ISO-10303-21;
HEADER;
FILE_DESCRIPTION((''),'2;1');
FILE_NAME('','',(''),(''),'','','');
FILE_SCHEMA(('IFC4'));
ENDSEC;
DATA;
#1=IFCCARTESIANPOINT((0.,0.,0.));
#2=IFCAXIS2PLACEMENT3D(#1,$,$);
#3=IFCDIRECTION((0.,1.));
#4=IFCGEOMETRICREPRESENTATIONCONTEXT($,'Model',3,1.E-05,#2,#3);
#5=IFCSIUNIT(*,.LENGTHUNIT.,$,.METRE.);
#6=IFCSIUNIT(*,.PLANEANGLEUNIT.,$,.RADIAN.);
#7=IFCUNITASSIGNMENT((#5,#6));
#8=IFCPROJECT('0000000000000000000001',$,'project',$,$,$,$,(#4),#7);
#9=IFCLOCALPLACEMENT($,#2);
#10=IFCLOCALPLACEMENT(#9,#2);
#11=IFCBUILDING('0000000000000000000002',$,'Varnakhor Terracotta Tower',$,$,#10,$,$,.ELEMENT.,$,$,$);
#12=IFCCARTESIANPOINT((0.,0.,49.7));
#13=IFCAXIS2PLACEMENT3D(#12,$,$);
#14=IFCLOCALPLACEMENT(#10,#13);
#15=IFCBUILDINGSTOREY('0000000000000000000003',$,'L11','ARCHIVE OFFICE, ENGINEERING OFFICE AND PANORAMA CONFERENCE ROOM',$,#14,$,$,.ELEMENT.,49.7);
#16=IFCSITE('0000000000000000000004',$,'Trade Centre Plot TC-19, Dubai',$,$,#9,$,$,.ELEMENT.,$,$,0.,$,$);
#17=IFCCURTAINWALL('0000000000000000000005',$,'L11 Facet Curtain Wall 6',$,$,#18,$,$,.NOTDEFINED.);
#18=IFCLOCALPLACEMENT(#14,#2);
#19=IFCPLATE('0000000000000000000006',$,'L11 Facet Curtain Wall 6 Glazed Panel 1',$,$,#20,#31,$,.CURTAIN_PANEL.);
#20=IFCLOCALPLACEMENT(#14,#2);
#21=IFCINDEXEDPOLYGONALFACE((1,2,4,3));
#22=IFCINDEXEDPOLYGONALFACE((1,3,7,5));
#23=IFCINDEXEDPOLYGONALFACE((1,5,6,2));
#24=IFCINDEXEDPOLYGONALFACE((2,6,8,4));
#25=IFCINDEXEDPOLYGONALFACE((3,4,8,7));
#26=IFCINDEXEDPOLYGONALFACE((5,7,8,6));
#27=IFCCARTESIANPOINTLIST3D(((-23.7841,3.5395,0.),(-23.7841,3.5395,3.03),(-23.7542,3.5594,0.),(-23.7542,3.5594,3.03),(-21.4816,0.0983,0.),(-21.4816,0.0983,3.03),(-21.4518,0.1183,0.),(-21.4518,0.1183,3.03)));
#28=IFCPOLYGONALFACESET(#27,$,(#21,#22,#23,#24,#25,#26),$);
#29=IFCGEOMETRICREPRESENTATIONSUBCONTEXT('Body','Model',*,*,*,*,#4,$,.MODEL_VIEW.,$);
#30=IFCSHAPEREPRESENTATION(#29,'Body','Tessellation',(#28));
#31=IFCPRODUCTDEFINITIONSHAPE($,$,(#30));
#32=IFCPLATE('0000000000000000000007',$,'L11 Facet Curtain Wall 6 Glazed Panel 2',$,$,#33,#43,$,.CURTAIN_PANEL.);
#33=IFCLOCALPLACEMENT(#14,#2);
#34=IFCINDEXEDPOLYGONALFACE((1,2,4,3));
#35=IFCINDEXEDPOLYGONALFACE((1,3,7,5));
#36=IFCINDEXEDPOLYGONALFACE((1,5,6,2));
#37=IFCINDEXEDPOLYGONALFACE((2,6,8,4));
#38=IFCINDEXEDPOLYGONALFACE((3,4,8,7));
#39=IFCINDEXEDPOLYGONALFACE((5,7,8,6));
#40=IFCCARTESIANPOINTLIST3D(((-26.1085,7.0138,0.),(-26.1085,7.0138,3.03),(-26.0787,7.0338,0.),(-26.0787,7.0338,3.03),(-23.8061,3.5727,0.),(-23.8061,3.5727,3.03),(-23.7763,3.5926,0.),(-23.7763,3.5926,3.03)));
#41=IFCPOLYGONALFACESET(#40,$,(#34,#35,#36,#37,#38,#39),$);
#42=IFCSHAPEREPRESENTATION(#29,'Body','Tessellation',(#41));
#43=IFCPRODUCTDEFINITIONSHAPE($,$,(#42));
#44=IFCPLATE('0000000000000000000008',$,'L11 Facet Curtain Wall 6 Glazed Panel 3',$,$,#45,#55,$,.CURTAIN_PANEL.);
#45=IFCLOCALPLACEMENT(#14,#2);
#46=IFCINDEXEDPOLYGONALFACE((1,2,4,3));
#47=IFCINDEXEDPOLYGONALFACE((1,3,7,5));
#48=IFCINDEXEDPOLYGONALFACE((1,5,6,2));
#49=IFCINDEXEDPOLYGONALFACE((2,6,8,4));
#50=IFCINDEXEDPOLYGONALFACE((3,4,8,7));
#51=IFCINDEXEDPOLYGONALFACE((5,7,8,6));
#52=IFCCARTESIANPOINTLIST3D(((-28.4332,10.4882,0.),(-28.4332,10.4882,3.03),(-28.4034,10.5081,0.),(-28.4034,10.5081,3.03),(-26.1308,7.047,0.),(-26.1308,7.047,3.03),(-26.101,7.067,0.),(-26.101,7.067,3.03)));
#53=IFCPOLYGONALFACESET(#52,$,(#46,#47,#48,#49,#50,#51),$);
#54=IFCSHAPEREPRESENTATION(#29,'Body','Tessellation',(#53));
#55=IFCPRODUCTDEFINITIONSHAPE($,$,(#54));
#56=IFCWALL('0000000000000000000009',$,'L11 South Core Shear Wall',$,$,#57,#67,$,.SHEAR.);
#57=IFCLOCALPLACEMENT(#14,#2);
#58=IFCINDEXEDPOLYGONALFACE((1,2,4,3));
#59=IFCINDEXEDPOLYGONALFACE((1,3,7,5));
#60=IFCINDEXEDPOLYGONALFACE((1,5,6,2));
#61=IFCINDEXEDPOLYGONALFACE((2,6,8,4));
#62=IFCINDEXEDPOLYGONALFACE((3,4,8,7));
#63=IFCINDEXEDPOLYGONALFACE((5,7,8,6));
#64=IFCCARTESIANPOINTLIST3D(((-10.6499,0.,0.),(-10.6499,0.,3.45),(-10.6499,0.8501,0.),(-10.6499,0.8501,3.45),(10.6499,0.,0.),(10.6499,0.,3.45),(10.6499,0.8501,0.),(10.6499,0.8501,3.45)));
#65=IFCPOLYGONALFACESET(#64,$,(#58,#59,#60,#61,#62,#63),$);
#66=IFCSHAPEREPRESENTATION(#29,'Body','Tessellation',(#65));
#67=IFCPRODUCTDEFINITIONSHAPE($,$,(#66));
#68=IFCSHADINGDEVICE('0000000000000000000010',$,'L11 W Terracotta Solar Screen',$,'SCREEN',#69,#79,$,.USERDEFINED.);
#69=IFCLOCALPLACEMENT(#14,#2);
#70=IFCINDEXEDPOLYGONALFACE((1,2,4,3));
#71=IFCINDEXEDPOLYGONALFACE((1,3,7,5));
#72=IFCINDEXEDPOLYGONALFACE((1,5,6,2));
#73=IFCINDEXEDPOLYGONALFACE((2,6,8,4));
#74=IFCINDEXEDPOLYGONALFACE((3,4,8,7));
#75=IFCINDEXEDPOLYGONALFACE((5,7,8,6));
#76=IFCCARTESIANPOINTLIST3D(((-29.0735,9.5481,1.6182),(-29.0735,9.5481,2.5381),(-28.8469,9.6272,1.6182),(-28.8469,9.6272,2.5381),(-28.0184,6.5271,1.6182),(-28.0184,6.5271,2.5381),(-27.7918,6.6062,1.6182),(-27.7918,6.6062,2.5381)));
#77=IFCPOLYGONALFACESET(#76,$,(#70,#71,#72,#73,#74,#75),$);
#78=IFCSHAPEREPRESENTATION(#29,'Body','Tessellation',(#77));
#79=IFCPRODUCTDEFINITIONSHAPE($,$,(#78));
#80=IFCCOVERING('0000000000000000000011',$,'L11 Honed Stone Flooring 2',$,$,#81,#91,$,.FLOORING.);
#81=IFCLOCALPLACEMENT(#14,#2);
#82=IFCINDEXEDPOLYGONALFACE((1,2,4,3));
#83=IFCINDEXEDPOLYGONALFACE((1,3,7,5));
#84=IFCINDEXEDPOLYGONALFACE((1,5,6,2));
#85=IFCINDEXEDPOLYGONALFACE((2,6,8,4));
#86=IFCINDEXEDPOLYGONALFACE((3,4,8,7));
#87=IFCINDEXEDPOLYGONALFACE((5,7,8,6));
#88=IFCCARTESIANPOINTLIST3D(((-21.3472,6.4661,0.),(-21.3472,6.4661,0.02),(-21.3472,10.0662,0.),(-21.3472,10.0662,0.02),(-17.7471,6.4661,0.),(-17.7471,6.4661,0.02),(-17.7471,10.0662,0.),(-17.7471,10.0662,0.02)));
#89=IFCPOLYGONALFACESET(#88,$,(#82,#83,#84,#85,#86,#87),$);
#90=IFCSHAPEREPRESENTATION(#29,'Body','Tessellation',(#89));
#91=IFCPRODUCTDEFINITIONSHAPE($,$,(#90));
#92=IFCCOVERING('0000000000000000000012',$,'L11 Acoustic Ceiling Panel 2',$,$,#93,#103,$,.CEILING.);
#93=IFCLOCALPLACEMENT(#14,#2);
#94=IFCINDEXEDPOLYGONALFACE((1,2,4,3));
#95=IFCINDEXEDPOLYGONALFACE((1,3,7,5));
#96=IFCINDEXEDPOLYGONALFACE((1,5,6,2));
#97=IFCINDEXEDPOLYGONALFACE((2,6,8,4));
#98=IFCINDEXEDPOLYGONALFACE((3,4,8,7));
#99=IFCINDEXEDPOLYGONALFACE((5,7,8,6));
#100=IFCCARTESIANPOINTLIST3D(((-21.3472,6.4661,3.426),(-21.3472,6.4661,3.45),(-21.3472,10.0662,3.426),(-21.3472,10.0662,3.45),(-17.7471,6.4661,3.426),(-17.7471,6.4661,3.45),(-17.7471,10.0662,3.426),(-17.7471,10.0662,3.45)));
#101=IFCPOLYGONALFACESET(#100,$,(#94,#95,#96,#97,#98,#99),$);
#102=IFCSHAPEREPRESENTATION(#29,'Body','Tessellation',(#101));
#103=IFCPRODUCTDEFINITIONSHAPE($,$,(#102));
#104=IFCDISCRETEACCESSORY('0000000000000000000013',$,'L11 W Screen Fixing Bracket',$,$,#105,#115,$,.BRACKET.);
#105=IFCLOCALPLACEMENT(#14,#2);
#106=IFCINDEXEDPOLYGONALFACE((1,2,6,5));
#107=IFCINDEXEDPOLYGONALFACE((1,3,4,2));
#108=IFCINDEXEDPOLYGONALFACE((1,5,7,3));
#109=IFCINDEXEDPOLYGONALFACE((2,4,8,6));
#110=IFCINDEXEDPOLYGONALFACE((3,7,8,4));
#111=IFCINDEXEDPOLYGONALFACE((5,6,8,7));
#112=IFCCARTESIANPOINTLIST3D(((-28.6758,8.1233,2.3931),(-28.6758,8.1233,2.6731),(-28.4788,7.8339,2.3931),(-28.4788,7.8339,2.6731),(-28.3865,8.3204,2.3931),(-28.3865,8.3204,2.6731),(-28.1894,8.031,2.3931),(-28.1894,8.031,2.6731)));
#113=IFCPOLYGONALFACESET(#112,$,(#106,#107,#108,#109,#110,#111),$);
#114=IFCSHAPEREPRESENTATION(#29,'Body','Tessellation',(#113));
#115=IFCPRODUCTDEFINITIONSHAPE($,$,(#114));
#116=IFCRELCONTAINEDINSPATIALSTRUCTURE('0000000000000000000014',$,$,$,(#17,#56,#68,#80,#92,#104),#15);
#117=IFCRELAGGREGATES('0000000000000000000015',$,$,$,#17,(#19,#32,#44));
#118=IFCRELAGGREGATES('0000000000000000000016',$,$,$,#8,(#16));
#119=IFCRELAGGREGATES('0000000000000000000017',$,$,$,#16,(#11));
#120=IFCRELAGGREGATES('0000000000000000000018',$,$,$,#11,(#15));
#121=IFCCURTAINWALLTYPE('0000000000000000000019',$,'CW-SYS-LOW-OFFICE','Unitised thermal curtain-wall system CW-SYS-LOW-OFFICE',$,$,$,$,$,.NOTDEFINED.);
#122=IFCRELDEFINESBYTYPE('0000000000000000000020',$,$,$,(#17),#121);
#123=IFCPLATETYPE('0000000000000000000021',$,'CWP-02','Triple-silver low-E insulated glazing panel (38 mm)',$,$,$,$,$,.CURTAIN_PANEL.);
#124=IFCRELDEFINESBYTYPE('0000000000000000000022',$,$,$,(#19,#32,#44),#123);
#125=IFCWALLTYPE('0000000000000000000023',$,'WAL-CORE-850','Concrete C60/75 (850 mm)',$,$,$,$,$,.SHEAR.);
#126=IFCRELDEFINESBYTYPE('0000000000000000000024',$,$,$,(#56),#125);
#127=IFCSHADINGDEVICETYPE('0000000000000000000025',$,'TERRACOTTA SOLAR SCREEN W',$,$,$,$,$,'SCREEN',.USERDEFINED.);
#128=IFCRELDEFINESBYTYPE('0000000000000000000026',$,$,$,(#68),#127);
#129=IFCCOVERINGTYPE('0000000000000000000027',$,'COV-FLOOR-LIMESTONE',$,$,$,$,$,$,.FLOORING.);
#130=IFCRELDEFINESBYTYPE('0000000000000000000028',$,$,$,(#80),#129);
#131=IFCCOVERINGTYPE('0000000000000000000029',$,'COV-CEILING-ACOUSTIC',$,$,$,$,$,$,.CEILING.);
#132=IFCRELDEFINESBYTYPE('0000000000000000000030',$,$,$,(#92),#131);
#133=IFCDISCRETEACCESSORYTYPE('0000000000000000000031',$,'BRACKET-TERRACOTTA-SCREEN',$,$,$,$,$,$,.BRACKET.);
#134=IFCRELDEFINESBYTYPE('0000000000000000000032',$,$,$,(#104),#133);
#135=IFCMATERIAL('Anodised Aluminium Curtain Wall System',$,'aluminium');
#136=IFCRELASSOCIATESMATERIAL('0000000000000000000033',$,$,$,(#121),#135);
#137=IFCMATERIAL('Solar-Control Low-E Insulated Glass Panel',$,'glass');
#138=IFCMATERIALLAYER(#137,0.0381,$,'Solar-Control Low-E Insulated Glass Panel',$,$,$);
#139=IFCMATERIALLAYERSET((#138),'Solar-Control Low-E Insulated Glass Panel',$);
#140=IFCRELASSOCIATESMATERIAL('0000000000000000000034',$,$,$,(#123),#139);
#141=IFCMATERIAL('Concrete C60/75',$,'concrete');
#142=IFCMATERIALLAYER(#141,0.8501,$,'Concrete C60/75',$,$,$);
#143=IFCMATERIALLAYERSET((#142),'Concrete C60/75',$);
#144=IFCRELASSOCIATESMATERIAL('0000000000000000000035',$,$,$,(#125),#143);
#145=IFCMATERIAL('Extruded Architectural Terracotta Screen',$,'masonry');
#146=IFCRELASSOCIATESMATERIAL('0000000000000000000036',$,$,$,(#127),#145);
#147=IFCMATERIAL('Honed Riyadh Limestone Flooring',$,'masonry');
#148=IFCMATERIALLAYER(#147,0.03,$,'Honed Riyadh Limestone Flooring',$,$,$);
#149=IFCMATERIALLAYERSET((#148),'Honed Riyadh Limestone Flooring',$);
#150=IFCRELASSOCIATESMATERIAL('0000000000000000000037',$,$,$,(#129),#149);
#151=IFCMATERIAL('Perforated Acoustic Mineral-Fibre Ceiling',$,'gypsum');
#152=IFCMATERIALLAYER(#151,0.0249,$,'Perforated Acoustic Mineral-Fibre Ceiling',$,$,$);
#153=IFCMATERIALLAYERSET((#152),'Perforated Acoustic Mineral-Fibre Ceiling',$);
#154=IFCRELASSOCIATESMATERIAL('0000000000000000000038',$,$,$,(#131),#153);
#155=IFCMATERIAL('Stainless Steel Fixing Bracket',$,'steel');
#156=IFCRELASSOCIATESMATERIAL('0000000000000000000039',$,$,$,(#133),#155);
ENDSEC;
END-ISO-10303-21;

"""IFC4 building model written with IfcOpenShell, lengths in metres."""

from ifc_helpers import new_model, si_unit, direction, frame, frame_2d, origin, origin_2d, place, context, subcontext, project, spatial, rectangle, extrude, source, transform, mapped, material, layer, layer_set, type_object, type_shapes, element, aggregate, save


model = new_model("IFC4")

# Units and contexts
model_context = context("Model", 3, precision=1e-05, world=origin(), true_north=direction((0.0, 1.0)))
body_context = subcontext(model_context, "Body", "Model", "MODEL_VIEW")
ifc_project = project(units=[si_unit("LENGTHUNIT", "METRE"), si_unit("PLANEANGLEUNIT", "RADIAN")], contexts=[model_context])

# Site, building, storey
site_placement = place(None, origin())
site = spatial("IfcSite", under=ifc_project, at=site_placement, Name="Trade Centre Plot TC-19, Dubai", CompositionType="ELEMENT", RefElevation=0.0)
building_placement = place(site_placement, origin())
building = spatial("IfcBuilding", under=site, at=building_placement, Name="Varnakhor Terracotta Tower", CompositionType="ELEMENT")
storey_placement = place(building_placement, frame((0.0, 0.0, 49.7)))
storey = spatial("IfcBuildingStorey", under=building, at=storey_placement, Name="L11", Description="ARCHIVE OFFICE, ENGINEERING OFFICE AND PANORAMA CONFERENCE ROOM", CompositionType="ELEMENT", Elevation=49.7)

# Shared definitions
ifc_material_1 = material(Name="Anodised Aluminium Curtain Wall System", Category="aluminium")
curtain_wall_type = type_object("IfcCurtainWallType", Name="CW-SYS-LOW-OFFICE", Description="Unitised thermal curtain-wall system CW-SYS-LOW-OFFICE", PredefinedType="NOTDEFINED", material=ifc_material_1)

# Curtain wall
curtain_wall_1_placement = place(storey_placement, origin())
curtain_wall_1 = element("IfcCurtainWall", 1, at=curtain_wall_1_placement, inside=storey, type_object=curtain_wall_type, Name="L11 Facet Curtain Wall 6", PredefinedType="NOTDEFINED")

# Plates
ifc_material_2 = material(Name="Solar-Control Low-E Insulated Glass Panel", Category="glass")
ifc_layer_1 = layer(ifc_material_2, 0.0381, Name="Solar-Control Low-E Insulated Glass Panel")
ifc_layer_set_1 = layer_set([ifc_layer_1], Name="Solar-Control Low-E Insulated Glass Panel")
plate_type = type_object("IfcPlateType", Name="CWP-02", Description="Triple-silver low-E insulated glazing panel (38 mm)", PredefinedType="CURTAIN_PANEL", material=ifc_layer_set_1)
shared_shape_1 = source(origin(), body_context, "Body", "SweptSolid", [
    extrude(rectangle(XDim=4.1404, YDim=0.0359, at=origin_2d()), origin(), (0.0, 0.0, 1.0), 3.03),
])
plate_1_placement = place(storey_placement, frame((-22.6179, 1.8289, 0.0), z_axis=(0.0, 0.0, 1.0), x_axis=(-0.556093, 0.83112, 0.0)))
plate_1 = element("IfcPlate", 2, at=plate_1_placement, type_object=plate_type, Name="L11 Facet Curtain Wall 6 Glazed Panel 1", PredefinedType="CURTAIN_PANEL", context=body_context, shape_type="MappedRepresentation", body=[
    mapped(shared_shape_1, transform((0.0, 0.0, 0.0), scale=1.0)),
])
plate_2_placement = place(storey_placement, frame((-24.9424, 5.3032, 0.0), z_axis=(0.0, 0.0, 1.0), x_axis=(-0.556093, 0.83112, 0.0)))
plate_2 = element("IfcPlate", 3, at=plate_2_placement, type_object=plate_type, Name="L11 Facet Curtain Wall 6 Glazed Panel 2", PredefinedType="CURTAIN_PANEL", context=body_context, shape_type="MappedRepresentation", body=[
    mapped(shared_shape_1, transform((0.0, 0.0, 0.0), scale=1.0)),
])
plate_3_placement = place(storey_placement, frame((-27.2671, 8.7776, 0.0), z_axis=(0.0, 0.0, 1.0), x_axis=(-0.556093, 0.83112, 0.0)))
plate_3 = element("IfcPlate", 4, at=plate_3_placement, type_object=plate_type, Name="L11 Facet Curtain Wall 6 Glazed Panel 3", PredefinedType="CURTAIN_PANEL", context=body_context, shape_type="MappedRepresentation", body=[
    mapped(shared_shape_1, transform((0.0, 0.0, 0.0), scale=1.0)),
])
aggregate(curtain_wall_1, [plate_1, plate_2, plate_3])

# Wall
ifc_material_3 = material(Name="Concrete C60/75", Category="concrete")
ifc_layer_2 = layer(ifc_material_3, 0.8501, Name="Concrete C60/75")
ifc_layer_set_2 = layer_set([ifc_layer_2], Name="Concrete C60/75")
wall_type = type_object("IfcWallType", Name="WAL-CORE-850", Description="Concrete C60/75 (850 mm)", PredefinedType="SHEAR", material=ifc_layer_set_2)
wall_placement = place(storey_placement, frame((-10.6499, 0.425, 0.0), z_axis=(0.0, 0.0, 1.0), x_axis=(1.0, 0.0, 0.0)))
element("IfcWall", 5, at=wall_placement, inside=storey, type_object=wall_type, Name="L11 South Core Shear Wall", PredefinedType="SHEAR", context=body_context, shape_type="SweptSolid", body=[
    extrude(rectangle(XDim=21.2998, YDim=0.8501, at=frame_2d((10.6499, 0.0))), origin(), (0.0, 0.0, 1.0), 3.45),
])

# Shading device
ifc_material_4 = material(Name="Extruded Architectural Terracotta Screen", Category="masonry")
shading_device_type = type_object("IfcShadingDeviceType", Name="TERRACOTTA SOLAR SCREEN W", ElementType="SCREEN", PredefinedType="USERDEFINED", material=ifc_material_4)
shared_shape_2 = source(origin(), body_context, "Body", "SweptSolid", [
    extrude(rectangle(XDim=3.2, YDim=0.24, at=origin_2d()), origin(), (0.0, 0.0, 1.0), 0.9199),
])
type_shapes(shading_device_type, [shared_shape_2])
shading_device_placement = place(storey_placement, frame((-28.4326, 8.0771, 1.6182), z_axis=(0.0, 0.0, 1.0), x_axis=(0.329724, -0.944078, 0.0)))
element("IfcShadingDevice", 6, at=shading_device_placement, inside=storey, type_object=shading_device_type, Name="L11 W Terracotta Solar Screen", ObjectType="SCREEN", PredefinedType="USERDEFINED", context=body_context, shape_type="MappedRepresentation", body=[
    mapped(shared_shape_2, transform((0.0, 0.0, 0.0), scale=1.0)),
])

# Coverings
ifc_material_5 = material(Name="Honed Riyadh Limestone Flooring", Category="masonry")
ifc_layer_3 = layer(ifc_material_5, 0.03, Name="Honed Riyadh Limestone Flooring")
ifc_layer_set_3 = layer_set([ifc_layer_3], Name="Honed Riyadh Limestone Flooring")
covering_type_1 = type_object("IfcCoveringType", Name="COV-FLOOR-LIMESTONE", PredefinedType="FLOORING", material=ifc_layer_set_3)
shared_shape_3 = source(origin(), body_context, "Body", "SweptSolid", [
    extrude(rectangle(XDim=3.6001, YDim=3.6001, at=origin_2d()), origin(), (0.0, 0.0, 1.0), 0.02),
])
covering_1_placement = place(storey_placement, frame((-19.5471, 8.2661, 0.0), z_axis=(0.0, 0.0, 1.0), x_axis=(1.0, 0.0, 0.0)))
element("IfcCovering", 7, at=covering_1_placement, inside=storey, type_object=covering_type_1, Name="L11 Honed Stone Flooring 2", PredefinedType="FLOORING", context=body_context, shape_type="MappedRepresentation", body=[
    mapped(shared_shape_3, transform((0.0, 0.0, 0.0), scale=1.0)),
])
ifc_material_6 = material(Name="Perforated Acoustic Mineral-Fibre Ceiling", Category="gypsum")
ifc_layer_4 = layer(ifc_material_6, 0.0249, Name="Perforated Acoustic Mineral-Fibre Ceiling")
ifc_layer_set_4 = layer_set([ifc_layer_4], Name="Perforated Acoustic Mineral-Fibre Ceiling")
covering_type_2 = type_object("IfcCoveringType", Name="COV-CEILING-ACOUSTIC", PredefinedType="CEILING", material=ifc_layer_set_4)
shared_shape_4 = source(origin(), body_context, "Body", "SweptSolid", [
    extrude(rectangle(XDim=3.6001, YDim=3.6001, at=origin_2d()), origin(), (0.0, 0.0, 1.0), 0.0239),
])
covering_2_placement = place(storey_placement, frame((-19.5471, 8.2661, 3.426), z_axis=(0.0, 0.0, 1.0), x_axis=(1.0, 0.0, 0.0)))
element("IfcCovering", 8, at=covering_2_placement, inside=storey, type_object=covering_type_2, Name="L11 Acoustic Ceiling Panel 2", PredefinedType="CEILING", context=body_context, shape_type="MappedRepresentation", body=[
    mapped(shared_shape_4, transform((0.0, 0.0, 0.0), scale=1.0)),
])

# Discrete accessory
ifc_material_7 = material(Name="Stainless Steel Fixing Bracket", Category="steel")
discrete_accessory_type = type_object("IfcDiscreteAccessoryType", Name="BRACKET-TERRACOTTA-SCREEN", PredefinedType="BRACKET", material=ifc_material_7)
shared_shape_5 = source(origin(), body_context, "Body", "SweptSolid", [
    extrude(rectangle(XDim=0.3501, YDim=0.3501, at=origin_2d()), origin(), (0.0, 0.0, 1.0), 0.28),
])
type_shapes(discrete_accessory_type, [shared_shape_5])
discrete_accessory_placement = place(storey_placement, frame((-28.4326, 8.0771, 2.3931), z_axis=(0.0, 0.0, 1.0), x_axis=(0.562834, -0.82657, 0.0)))
element("IfcDiscreteAccessory", 9, at=discrete_accessory_placement, inside=storey, type_object=discrete_accessory_type, Name="L11 W Screen Fixing Bracket", PredefinedType="BRACKET", context=body_context, shape_type="MappedRepresentation", body=[
    mapped(shared_shape_5, transform((0.0, 0.0, 0.0), scale=1.0)),
])

save(model, "model.ifc")
